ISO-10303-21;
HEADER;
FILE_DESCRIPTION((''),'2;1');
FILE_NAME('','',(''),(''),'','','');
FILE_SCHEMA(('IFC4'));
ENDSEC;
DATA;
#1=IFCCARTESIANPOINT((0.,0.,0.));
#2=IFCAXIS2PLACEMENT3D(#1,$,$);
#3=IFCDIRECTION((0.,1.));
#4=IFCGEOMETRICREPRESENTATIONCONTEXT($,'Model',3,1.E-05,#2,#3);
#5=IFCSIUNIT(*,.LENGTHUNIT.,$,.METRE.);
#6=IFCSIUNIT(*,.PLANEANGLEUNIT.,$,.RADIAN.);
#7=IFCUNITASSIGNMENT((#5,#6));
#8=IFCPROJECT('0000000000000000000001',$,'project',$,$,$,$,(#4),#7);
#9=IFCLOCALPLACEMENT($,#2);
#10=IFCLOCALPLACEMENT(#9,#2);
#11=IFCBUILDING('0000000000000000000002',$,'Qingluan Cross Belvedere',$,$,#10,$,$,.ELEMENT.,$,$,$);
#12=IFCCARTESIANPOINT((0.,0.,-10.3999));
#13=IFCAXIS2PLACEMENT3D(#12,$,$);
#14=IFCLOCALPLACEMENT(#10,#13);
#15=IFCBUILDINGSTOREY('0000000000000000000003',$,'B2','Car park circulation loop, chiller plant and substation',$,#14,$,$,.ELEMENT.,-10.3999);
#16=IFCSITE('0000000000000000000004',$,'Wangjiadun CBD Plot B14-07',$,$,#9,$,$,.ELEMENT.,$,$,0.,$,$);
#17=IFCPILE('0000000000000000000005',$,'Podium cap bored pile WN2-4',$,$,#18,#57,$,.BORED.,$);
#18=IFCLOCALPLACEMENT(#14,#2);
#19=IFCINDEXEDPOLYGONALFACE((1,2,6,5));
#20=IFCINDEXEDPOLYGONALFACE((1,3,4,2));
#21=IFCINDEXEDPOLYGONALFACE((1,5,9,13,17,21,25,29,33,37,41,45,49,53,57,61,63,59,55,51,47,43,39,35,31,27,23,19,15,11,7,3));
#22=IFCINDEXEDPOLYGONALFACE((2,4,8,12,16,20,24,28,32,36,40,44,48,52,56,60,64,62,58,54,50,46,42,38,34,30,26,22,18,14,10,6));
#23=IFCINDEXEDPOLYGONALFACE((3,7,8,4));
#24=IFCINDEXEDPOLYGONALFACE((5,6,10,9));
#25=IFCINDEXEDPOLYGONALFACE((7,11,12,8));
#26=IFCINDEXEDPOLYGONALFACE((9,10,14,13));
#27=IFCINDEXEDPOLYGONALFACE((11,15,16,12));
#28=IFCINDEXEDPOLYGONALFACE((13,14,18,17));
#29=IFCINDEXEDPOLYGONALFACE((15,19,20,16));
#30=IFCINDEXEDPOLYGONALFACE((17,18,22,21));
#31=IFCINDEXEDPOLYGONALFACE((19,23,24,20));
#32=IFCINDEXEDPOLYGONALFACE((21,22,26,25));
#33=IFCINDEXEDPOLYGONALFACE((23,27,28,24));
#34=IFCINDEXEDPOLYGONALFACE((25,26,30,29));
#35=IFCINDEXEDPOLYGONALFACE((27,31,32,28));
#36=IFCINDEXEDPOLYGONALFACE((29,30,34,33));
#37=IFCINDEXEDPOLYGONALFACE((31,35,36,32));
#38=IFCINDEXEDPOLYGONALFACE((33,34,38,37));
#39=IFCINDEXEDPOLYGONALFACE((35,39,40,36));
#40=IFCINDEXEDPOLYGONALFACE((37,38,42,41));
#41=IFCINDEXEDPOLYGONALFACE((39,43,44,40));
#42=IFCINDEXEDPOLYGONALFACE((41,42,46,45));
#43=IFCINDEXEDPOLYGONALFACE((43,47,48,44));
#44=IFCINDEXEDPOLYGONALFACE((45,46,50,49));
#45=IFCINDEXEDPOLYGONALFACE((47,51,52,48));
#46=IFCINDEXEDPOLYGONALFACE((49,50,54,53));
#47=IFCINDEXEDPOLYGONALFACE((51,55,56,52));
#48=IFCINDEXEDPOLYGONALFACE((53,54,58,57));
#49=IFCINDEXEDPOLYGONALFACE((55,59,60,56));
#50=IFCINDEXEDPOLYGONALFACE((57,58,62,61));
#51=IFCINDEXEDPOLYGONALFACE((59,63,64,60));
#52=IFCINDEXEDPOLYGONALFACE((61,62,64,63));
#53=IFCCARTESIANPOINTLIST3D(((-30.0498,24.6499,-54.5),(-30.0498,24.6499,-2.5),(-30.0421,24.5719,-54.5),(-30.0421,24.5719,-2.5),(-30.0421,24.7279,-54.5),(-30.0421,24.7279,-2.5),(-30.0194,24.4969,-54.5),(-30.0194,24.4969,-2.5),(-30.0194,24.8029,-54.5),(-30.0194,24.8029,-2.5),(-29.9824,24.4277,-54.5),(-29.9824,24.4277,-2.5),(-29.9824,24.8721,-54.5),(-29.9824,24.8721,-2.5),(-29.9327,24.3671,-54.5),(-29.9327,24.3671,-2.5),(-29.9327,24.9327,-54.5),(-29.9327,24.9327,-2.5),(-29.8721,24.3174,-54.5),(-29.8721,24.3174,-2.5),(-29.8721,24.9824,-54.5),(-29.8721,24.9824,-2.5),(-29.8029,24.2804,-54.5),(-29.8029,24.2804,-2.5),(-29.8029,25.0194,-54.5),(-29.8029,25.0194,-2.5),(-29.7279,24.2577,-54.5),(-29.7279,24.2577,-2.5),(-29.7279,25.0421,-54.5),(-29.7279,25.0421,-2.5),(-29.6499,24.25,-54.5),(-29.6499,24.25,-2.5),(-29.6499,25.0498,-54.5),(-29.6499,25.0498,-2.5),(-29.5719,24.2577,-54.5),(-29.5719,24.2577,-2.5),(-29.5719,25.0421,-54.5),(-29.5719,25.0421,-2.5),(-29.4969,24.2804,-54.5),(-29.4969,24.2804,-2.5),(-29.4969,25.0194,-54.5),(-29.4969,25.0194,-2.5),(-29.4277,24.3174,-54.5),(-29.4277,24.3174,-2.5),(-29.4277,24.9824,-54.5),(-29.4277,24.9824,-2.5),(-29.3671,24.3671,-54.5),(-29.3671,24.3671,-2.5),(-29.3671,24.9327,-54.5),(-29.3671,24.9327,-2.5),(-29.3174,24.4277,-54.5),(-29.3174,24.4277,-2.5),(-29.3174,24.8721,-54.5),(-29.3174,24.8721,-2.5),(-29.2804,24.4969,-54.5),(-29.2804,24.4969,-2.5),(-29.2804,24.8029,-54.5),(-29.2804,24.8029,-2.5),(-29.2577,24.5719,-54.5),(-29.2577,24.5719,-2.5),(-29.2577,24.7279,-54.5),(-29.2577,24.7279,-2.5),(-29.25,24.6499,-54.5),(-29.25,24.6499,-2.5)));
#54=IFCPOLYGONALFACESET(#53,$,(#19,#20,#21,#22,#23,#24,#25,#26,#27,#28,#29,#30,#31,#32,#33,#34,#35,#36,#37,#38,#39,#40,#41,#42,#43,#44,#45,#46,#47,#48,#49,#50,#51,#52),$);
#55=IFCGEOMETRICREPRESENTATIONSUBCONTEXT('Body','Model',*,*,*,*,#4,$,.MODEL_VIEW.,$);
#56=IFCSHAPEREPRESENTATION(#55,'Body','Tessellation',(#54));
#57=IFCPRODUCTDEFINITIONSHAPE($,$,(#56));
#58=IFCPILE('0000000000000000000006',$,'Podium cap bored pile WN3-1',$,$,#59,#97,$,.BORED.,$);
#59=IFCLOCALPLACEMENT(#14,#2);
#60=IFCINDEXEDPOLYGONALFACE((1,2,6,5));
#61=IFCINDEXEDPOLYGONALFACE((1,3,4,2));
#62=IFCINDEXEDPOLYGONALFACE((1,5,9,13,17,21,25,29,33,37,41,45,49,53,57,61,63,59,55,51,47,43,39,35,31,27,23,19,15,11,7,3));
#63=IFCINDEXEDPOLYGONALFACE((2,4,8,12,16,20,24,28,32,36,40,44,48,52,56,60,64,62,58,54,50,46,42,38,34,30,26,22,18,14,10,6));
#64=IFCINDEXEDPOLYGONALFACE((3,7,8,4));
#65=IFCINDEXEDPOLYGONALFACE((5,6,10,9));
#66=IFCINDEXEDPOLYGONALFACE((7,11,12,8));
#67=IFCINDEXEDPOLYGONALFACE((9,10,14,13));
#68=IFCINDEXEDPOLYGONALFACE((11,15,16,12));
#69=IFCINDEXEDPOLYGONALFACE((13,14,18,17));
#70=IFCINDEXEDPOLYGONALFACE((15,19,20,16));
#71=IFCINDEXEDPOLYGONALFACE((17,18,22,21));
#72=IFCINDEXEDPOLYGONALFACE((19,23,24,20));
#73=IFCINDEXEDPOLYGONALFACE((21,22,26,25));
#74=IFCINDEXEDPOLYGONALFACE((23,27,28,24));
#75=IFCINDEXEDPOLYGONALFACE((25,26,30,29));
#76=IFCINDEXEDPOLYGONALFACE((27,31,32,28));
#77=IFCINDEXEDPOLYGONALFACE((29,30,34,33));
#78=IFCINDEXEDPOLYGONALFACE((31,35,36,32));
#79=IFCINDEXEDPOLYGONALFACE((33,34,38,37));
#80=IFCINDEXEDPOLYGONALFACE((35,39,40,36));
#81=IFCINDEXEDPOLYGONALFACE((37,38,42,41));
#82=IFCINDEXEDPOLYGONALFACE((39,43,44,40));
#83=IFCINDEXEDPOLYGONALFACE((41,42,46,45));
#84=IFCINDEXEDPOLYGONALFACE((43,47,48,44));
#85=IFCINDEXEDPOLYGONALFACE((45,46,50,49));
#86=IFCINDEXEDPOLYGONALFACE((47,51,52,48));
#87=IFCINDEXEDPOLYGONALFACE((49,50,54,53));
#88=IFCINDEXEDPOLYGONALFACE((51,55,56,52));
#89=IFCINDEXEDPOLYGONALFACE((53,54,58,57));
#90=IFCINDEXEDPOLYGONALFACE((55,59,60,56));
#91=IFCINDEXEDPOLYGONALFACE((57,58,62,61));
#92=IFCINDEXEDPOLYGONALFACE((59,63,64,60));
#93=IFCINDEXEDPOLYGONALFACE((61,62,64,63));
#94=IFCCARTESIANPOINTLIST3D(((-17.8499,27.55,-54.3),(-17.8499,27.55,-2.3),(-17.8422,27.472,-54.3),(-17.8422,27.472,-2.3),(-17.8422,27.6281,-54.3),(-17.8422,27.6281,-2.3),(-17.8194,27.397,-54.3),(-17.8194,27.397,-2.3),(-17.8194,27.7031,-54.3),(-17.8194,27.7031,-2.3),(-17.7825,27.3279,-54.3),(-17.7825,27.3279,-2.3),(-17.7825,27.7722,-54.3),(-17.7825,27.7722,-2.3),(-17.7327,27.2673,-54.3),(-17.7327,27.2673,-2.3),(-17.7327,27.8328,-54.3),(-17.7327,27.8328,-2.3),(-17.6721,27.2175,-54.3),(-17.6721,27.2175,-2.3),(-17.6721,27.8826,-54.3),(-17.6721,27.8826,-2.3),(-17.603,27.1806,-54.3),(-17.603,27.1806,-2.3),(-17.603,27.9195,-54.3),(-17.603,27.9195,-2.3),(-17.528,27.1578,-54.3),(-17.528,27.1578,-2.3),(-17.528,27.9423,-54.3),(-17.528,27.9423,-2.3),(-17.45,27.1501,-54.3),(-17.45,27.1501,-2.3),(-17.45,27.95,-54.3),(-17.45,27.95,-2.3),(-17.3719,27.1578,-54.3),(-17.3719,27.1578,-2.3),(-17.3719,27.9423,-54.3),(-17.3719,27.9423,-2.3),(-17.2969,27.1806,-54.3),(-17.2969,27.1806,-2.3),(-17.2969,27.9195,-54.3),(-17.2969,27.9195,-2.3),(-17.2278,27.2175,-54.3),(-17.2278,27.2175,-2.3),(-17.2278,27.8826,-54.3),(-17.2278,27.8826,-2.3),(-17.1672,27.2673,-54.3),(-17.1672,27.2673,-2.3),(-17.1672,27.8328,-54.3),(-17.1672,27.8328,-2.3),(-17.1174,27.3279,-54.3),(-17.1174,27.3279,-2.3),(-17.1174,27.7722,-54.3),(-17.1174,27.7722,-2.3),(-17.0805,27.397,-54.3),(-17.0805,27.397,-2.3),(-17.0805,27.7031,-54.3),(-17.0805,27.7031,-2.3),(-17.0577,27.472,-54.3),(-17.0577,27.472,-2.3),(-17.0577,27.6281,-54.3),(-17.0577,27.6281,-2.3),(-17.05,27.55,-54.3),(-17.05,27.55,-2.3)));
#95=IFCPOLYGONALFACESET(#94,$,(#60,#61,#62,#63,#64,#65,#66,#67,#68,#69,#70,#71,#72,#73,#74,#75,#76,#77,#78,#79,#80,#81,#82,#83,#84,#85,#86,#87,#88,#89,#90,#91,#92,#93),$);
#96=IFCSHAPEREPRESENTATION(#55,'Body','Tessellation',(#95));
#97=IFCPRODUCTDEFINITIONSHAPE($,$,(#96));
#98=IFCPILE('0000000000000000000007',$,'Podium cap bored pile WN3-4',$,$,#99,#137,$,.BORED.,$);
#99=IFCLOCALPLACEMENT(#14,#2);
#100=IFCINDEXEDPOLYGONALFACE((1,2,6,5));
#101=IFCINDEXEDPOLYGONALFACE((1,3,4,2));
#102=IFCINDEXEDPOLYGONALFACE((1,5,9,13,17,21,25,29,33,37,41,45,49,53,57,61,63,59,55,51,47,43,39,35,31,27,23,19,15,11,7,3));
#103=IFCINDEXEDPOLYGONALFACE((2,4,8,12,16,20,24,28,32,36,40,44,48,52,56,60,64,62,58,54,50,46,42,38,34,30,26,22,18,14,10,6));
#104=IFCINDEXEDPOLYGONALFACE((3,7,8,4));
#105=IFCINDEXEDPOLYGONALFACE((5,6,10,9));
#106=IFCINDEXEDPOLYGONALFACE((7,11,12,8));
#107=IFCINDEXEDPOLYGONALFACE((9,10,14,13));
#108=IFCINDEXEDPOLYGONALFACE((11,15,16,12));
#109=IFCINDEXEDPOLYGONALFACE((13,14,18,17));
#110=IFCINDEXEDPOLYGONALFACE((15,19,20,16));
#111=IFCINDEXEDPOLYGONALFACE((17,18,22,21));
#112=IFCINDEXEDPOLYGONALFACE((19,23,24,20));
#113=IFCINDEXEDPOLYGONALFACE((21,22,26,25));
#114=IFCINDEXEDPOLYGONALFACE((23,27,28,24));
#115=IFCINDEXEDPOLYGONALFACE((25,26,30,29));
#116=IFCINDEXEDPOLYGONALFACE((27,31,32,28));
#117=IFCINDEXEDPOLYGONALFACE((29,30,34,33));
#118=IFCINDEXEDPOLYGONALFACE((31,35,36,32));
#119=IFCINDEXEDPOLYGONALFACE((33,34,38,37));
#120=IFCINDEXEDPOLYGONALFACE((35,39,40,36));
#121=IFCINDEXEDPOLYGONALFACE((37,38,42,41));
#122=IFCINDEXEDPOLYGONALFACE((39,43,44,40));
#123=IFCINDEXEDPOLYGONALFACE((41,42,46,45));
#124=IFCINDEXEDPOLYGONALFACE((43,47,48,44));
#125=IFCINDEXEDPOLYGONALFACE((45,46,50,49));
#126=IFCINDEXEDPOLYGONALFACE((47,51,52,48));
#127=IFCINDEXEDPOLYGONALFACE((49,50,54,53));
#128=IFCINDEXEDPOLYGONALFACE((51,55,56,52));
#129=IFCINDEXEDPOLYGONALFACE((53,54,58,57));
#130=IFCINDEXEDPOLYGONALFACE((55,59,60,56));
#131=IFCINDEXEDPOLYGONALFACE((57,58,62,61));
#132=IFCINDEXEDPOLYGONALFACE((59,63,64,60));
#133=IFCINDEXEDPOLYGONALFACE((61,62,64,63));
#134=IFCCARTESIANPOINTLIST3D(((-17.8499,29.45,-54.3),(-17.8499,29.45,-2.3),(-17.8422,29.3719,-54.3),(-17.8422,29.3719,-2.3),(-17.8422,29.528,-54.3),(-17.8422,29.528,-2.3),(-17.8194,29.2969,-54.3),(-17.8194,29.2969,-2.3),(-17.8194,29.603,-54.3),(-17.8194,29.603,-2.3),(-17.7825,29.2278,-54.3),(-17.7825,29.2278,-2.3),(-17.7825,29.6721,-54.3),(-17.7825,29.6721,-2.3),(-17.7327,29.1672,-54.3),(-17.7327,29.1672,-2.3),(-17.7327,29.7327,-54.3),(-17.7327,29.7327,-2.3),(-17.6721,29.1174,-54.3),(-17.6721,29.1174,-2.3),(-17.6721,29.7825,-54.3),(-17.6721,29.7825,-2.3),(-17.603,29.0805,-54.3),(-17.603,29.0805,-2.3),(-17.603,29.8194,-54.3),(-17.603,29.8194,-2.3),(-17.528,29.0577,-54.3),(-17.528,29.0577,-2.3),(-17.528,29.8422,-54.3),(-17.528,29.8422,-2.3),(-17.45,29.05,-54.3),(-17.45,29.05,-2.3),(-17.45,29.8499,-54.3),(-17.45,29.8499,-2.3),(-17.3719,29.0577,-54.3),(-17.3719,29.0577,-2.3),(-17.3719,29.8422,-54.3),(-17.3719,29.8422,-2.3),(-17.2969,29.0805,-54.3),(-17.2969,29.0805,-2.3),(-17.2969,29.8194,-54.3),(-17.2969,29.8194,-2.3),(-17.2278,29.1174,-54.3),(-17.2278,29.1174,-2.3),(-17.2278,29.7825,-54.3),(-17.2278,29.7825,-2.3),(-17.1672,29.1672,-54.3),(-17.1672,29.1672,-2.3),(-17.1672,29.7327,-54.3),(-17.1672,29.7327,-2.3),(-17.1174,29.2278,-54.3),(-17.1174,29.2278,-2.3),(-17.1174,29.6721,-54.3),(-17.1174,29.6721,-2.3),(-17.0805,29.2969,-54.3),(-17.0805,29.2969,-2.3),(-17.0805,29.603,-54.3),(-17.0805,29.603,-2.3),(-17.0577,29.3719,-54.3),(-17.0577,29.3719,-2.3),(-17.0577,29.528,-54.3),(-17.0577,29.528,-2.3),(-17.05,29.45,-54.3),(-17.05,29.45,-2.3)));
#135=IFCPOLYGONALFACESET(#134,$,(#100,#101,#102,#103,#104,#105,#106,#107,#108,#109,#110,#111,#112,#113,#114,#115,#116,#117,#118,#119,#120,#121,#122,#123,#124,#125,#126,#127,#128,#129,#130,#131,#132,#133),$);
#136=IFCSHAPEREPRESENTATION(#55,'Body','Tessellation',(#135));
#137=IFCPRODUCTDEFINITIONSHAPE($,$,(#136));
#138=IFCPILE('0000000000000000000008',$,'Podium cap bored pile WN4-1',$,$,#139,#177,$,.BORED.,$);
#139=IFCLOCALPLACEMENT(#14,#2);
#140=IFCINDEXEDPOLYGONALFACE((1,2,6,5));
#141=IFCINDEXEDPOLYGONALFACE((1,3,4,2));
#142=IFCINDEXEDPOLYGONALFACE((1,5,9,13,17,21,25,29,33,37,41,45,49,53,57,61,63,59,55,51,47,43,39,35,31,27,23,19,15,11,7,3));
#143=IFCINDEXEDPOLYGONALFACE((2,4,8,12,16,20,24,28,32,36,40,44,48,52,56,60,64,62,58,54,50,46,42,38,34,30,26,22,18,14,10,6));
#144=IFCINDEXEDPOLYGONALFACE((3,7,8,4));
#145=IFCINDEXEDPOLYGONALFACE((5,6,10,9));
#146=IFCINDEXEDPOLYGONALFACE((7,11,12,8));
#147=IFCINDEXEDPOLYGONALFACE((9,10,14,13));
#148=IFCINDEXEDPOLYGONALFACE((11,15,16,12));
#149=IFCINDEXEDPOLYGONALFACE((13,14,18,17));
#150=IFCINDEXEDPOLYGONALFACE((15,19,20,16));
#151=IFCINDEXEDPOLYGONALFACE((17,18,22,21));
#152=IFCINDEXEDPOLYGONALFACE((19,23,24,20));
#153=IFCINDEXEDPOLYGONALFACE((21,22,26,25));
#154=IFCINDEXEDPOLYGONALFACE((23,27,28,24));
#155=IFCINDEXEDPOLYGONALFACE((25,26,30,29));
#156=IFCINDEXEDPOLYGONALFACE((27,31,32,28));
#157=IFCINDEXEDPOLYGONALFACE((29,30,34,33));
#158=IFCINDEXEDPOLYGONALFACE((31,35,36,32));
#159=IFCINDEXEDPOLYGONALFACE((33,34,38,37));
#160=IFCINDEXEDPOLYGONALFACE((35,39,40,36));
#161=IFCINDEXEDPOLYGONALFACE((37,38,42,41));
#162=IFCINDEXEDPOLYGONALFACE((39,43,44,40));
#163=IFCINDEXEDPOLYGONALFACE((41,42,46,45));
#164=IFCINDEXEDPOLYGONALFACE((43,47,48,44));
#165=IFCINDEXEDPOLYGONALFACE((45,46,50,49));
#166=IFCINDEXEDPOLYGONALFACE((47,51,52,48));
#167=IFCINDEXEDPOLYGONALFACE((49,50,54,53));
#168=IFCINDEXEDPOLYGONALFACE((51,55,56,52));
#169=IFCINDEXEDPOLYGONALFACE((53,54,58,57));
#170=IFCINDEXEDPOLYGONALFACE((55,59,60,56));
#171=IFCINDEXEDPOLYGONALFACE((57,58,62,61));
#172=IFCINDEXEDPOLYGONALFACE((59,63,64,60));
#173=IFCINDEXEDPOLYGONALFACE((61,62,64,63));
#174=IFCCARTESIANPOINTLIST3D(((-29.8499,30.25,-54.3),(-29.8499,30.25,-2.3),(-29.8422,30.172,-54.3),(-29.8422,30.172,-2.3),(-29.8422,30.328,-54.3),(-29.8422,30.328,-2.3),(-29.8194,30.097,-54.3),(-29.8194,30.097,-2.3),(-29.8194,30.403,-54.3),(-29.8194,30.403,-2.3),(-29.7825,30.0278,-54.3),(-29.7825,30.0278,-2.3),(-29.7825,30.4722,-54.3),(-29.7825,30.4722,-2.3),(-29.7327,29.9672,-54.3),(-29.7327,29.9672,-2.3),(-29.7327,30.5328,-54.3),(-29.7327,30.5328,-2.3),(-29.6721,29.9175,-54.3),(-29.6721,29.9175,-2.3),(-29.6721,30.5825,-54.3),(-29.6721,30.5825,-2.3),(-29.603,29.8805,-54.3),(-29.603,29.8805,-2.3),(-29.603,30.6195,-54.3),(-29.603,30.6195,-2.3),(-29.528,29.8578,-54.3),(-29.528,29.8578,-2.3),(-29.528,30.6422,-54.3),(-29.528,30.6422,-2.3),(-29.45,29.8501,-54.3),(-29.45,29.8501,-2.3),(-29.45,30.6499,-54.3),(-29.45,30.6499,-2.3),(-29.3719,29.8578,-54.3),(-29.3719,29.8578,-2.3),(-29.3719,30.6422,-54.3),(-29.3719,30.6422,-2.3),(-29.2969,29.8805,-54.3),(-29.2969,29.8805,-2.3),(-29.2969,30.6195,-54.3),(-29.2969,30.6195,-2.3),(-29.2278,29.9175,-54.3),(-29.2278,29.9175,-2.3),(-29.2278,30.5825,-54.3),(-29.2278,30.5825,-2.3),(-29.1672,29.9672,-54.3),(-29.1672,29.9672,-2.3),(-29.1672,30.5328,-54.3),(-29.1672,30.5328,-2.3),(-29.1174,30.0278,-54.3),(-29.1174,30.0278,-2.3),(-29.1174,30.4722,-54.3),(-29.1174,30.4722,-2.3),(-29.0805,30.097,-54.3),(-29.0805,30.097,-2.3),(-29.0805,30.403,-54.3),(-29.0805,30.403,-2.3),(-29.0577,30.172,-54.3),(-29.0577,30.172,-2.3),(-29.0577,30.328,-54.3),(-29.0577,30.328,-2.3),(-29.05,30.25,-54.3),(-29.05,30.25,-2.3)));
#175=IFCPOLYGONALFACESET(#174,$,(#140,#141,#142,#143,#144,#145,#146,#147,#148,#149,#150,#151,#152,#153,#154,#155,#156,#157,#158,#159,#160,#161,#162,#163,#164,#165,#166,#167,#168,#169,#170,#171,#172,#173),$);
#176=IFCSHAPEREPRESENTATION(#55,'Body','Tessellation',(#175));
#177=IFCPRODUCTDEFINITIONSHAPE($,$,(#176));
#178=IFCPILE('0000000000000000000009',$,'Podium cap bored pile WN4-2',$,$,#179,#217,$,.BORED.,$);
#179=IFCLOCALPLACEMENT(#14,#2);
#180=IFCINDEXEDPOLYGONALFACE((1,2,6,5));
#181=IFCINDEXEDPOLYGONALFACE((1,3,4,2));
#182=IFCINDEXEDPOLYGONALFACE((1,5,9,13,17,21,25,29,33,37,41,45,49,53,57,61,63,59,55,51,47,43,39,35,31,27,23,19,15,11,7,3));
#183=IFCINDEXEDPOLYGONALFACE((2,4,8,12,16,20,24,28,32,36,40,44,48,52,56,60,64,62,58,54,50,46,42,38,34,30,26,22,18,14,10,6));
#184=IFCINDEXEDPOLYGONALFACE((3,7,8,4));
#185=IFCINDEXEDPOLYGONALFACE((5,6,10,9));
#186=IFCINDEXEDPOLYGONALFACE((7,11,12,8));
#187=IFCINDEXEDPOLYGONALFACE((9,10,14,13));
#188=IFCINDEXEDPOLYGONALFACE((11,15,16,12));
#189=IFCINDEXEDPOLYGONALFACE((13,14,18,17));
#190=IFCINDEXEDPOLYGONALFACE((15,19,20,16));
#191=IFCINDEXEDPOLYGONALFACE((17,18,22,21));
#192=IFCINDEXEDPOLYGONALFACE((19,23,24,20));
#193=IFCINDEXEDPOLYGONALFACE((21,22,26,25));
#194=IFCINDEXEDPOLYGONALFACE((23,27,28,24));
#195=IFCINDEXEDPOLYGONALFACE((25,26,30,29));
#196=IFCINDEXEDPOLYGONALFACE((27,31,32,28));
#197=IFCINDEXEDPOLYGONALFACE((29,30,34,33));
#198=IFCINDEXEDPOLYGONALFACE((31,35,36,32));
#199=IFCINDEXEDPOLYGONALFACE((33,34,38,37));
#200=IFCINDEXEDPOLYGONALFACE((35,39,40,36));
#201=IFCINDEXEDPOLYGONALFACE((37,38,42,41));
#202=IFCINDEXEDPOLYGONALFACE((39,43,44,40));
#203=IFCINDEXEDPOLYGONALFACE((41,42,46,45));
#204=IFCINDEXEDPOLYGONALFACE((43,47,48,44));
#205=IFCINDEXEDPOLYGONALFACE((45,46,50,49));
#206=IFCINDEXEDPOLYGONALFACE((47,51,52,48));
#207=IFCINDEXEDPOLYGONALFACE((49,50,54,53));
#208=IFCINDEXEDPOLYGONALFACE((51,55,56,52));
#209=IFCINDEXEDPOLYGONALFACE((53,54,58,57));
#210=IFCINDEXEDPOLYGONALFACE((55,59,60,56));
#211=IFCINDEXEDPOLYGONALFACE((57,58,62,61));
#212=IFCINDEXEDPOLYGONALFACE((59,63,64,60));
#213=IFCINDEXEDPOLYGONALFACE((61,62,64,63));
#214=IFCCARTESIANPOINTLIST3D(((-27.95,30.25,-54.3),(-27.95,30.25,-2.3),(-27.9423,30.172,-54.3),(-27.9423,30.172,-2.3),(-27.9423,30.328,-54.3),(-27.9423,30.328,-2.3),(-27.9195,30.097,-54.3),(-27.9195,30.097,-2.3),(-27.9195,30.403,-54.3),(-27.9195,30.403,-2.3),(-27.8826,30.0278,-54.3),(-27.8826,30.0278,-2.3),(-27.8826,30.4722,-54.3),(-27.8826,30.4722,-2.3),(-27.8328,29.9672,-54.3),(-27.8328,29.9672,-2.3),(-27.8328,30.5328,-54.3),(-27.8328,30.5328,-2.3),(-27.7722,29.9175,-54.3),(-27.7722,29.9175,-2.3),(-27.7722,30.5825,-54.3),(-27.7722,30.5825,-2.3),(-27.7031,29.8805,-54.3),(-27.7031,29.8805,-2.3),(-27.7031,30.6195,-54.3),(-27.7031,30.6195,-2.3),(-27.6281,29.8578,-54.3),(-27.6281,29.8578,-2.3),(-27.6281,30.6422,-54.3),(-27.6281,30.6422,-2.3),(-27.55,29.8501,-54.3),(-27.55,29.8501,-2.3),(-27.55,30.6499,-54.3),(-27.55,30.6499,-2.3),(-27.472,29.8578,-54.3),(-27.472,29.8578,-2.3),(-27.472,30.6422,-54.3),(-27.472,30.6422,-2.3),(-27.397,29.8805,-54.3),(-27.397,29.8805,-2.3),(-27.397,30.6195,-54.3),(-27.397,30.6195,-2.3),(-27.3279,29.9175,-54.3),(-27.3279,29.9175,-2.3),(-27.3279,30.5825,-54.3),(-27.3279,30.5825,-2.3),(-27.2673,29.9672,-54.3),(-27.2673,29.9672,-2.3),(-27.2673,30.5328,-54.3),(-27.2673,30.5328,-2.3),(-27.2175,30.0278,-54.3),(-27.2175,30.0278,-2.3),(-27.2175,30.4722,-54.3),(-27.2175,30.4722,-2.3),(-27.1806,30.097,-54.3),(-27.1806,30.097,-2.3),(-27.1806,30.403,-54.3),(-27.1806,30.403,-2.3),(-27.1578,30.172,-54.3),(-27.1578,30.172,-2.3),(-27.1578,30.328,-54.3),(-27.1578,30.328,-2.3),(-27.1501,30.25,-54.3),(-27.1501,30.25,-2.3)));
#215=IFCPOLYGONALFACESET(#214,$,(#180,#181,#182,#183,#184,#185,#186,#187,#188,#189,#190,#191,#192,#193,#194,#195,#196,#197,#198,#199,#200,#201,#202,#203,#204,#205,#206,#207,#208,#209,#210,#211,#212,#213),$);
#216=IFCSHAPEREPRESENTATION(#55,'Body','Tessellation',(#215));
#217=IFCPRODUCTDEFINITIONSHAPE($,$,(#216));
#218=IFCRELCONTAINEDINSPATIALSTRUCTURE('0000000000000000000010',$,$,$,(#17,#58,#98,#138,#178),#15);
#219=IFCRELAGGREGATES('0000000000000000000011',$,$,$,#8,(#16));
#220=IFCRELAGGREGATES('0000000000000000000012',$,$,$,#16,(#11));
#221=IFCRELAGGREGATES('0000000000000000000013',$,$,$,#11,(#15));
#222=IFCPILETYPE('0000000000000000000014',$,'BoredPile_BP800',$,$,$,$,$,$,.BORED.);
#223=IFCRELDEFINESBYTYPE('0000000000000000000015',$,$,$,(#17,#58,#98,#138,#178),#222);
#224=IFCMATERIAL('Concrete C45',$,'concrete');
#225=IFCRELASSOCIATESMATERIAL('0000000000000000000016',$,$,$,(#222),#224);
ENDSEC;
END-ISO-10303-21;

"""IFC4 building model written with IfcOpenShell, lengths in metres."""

from ifc_helpers import new_model, si_unit, direction, frame, origin, origin_2d, place, context, subcontext, project, spatial, circle, extrude, material, material_profile, profile_set, type_object, element, save


model = new_model("IFC4")

# Units and contexts
model_context = context("Model", 3, precision=1e-05, world=origin(), true_north=direction((0.0, 1.0)))
body_context = subcontext(model_context, "Body", "Model", "MODEL_VIEW")
ifc_project = project(units=[si_unit("LENGTHUNIT", "METRE"), si_unit("PLANEANGLEUNIT", "RADIAN")], contexts=[model_context])

# Site, building, storey
site_placement = place(None, origin())
site = spatial("IfcSite", under=ifc_project, at=site_placement, Name="Wangjiadun CBD Plot B14-07", CompositionType="ELEMENT", RefElevation=0.0)
building_placement = place(site_placement, origin())
building = spatial("IfcBuilding", under=site, at=building_placement, Name="Qingluan Cross Belvedere", CompositionType="ELEMENT")
storey_placement = place(building_placement, frame((0.0, 0.0, -10.3999)))
storey = spatial("IfcBuildingStorey", under=building, at=storey_placement, Name="B2", Description="Car park circulation loop, chiller plant and substation", CompositionType="ELEMENT", Elevation=-10.3999)

# Piles
ifc_material_1 = material(Name="Concrete C45", Category="concrete")
ifc_material_profile_1 = material_profile(ifc_material_1, circle(Radius=0.3999, at=origin_2d()), Name="BP800")
ifc_profile_set_1 = profile_set([ifc_material_profile_1], Name="Concrete C45")
pile_type_1 = type_object("IfcPileType", Name="BoredPile_BP800", PredefinedType="BORED", material=ifc_profile_set_1)
for number, where, z_axis, x_axis, name in (
    (1, (-29.6499, 24.6499, -2.5), (0.0, 0.0, -1.0), (1.0, 0.0, 0.0), "Podium cap bored pile WN2-4"),
    (2, (-17.45, 27.55, -2.3), (0.0, 0.0, -1.0), (1.0, 0.0, 0.0), "Podium cap bored pile WN3-1"),
    (3, (-17.45, 29.45, -2.3), (0.0, 0.0, -1.0), (1.0, 0.0, 0.0), "Podium cap bored pile WN3-4"),
    (4, (-29.45, 30.25, -2.3), (0.0, 0.0, -1.0), (1.0, 0.0, 0.0), "Podium cap bored pile WN4-1"),
    (5, (-27.55, 30.25, -2.3), (0.0, 0.0, -1.0), (1.0, 0.0, 0.0), "Podium cap bored pile WN4-2"),
):
    element("IfcPile", number, at=place(storey_placement, frame(where, z_axis=z_axis, x_axis=x_axis)), inside=storey, type_object=pile_type_1, Name=name, PredefinedType="BORED", context=body_context, shape_type="SweptSolid", body=[
        extrude(circle(Radius=0.3999, at=origin_2d()), origin(), (0.0, 0.0, 1.0), 52.0),
    ])

save(model, "model.ifc")
